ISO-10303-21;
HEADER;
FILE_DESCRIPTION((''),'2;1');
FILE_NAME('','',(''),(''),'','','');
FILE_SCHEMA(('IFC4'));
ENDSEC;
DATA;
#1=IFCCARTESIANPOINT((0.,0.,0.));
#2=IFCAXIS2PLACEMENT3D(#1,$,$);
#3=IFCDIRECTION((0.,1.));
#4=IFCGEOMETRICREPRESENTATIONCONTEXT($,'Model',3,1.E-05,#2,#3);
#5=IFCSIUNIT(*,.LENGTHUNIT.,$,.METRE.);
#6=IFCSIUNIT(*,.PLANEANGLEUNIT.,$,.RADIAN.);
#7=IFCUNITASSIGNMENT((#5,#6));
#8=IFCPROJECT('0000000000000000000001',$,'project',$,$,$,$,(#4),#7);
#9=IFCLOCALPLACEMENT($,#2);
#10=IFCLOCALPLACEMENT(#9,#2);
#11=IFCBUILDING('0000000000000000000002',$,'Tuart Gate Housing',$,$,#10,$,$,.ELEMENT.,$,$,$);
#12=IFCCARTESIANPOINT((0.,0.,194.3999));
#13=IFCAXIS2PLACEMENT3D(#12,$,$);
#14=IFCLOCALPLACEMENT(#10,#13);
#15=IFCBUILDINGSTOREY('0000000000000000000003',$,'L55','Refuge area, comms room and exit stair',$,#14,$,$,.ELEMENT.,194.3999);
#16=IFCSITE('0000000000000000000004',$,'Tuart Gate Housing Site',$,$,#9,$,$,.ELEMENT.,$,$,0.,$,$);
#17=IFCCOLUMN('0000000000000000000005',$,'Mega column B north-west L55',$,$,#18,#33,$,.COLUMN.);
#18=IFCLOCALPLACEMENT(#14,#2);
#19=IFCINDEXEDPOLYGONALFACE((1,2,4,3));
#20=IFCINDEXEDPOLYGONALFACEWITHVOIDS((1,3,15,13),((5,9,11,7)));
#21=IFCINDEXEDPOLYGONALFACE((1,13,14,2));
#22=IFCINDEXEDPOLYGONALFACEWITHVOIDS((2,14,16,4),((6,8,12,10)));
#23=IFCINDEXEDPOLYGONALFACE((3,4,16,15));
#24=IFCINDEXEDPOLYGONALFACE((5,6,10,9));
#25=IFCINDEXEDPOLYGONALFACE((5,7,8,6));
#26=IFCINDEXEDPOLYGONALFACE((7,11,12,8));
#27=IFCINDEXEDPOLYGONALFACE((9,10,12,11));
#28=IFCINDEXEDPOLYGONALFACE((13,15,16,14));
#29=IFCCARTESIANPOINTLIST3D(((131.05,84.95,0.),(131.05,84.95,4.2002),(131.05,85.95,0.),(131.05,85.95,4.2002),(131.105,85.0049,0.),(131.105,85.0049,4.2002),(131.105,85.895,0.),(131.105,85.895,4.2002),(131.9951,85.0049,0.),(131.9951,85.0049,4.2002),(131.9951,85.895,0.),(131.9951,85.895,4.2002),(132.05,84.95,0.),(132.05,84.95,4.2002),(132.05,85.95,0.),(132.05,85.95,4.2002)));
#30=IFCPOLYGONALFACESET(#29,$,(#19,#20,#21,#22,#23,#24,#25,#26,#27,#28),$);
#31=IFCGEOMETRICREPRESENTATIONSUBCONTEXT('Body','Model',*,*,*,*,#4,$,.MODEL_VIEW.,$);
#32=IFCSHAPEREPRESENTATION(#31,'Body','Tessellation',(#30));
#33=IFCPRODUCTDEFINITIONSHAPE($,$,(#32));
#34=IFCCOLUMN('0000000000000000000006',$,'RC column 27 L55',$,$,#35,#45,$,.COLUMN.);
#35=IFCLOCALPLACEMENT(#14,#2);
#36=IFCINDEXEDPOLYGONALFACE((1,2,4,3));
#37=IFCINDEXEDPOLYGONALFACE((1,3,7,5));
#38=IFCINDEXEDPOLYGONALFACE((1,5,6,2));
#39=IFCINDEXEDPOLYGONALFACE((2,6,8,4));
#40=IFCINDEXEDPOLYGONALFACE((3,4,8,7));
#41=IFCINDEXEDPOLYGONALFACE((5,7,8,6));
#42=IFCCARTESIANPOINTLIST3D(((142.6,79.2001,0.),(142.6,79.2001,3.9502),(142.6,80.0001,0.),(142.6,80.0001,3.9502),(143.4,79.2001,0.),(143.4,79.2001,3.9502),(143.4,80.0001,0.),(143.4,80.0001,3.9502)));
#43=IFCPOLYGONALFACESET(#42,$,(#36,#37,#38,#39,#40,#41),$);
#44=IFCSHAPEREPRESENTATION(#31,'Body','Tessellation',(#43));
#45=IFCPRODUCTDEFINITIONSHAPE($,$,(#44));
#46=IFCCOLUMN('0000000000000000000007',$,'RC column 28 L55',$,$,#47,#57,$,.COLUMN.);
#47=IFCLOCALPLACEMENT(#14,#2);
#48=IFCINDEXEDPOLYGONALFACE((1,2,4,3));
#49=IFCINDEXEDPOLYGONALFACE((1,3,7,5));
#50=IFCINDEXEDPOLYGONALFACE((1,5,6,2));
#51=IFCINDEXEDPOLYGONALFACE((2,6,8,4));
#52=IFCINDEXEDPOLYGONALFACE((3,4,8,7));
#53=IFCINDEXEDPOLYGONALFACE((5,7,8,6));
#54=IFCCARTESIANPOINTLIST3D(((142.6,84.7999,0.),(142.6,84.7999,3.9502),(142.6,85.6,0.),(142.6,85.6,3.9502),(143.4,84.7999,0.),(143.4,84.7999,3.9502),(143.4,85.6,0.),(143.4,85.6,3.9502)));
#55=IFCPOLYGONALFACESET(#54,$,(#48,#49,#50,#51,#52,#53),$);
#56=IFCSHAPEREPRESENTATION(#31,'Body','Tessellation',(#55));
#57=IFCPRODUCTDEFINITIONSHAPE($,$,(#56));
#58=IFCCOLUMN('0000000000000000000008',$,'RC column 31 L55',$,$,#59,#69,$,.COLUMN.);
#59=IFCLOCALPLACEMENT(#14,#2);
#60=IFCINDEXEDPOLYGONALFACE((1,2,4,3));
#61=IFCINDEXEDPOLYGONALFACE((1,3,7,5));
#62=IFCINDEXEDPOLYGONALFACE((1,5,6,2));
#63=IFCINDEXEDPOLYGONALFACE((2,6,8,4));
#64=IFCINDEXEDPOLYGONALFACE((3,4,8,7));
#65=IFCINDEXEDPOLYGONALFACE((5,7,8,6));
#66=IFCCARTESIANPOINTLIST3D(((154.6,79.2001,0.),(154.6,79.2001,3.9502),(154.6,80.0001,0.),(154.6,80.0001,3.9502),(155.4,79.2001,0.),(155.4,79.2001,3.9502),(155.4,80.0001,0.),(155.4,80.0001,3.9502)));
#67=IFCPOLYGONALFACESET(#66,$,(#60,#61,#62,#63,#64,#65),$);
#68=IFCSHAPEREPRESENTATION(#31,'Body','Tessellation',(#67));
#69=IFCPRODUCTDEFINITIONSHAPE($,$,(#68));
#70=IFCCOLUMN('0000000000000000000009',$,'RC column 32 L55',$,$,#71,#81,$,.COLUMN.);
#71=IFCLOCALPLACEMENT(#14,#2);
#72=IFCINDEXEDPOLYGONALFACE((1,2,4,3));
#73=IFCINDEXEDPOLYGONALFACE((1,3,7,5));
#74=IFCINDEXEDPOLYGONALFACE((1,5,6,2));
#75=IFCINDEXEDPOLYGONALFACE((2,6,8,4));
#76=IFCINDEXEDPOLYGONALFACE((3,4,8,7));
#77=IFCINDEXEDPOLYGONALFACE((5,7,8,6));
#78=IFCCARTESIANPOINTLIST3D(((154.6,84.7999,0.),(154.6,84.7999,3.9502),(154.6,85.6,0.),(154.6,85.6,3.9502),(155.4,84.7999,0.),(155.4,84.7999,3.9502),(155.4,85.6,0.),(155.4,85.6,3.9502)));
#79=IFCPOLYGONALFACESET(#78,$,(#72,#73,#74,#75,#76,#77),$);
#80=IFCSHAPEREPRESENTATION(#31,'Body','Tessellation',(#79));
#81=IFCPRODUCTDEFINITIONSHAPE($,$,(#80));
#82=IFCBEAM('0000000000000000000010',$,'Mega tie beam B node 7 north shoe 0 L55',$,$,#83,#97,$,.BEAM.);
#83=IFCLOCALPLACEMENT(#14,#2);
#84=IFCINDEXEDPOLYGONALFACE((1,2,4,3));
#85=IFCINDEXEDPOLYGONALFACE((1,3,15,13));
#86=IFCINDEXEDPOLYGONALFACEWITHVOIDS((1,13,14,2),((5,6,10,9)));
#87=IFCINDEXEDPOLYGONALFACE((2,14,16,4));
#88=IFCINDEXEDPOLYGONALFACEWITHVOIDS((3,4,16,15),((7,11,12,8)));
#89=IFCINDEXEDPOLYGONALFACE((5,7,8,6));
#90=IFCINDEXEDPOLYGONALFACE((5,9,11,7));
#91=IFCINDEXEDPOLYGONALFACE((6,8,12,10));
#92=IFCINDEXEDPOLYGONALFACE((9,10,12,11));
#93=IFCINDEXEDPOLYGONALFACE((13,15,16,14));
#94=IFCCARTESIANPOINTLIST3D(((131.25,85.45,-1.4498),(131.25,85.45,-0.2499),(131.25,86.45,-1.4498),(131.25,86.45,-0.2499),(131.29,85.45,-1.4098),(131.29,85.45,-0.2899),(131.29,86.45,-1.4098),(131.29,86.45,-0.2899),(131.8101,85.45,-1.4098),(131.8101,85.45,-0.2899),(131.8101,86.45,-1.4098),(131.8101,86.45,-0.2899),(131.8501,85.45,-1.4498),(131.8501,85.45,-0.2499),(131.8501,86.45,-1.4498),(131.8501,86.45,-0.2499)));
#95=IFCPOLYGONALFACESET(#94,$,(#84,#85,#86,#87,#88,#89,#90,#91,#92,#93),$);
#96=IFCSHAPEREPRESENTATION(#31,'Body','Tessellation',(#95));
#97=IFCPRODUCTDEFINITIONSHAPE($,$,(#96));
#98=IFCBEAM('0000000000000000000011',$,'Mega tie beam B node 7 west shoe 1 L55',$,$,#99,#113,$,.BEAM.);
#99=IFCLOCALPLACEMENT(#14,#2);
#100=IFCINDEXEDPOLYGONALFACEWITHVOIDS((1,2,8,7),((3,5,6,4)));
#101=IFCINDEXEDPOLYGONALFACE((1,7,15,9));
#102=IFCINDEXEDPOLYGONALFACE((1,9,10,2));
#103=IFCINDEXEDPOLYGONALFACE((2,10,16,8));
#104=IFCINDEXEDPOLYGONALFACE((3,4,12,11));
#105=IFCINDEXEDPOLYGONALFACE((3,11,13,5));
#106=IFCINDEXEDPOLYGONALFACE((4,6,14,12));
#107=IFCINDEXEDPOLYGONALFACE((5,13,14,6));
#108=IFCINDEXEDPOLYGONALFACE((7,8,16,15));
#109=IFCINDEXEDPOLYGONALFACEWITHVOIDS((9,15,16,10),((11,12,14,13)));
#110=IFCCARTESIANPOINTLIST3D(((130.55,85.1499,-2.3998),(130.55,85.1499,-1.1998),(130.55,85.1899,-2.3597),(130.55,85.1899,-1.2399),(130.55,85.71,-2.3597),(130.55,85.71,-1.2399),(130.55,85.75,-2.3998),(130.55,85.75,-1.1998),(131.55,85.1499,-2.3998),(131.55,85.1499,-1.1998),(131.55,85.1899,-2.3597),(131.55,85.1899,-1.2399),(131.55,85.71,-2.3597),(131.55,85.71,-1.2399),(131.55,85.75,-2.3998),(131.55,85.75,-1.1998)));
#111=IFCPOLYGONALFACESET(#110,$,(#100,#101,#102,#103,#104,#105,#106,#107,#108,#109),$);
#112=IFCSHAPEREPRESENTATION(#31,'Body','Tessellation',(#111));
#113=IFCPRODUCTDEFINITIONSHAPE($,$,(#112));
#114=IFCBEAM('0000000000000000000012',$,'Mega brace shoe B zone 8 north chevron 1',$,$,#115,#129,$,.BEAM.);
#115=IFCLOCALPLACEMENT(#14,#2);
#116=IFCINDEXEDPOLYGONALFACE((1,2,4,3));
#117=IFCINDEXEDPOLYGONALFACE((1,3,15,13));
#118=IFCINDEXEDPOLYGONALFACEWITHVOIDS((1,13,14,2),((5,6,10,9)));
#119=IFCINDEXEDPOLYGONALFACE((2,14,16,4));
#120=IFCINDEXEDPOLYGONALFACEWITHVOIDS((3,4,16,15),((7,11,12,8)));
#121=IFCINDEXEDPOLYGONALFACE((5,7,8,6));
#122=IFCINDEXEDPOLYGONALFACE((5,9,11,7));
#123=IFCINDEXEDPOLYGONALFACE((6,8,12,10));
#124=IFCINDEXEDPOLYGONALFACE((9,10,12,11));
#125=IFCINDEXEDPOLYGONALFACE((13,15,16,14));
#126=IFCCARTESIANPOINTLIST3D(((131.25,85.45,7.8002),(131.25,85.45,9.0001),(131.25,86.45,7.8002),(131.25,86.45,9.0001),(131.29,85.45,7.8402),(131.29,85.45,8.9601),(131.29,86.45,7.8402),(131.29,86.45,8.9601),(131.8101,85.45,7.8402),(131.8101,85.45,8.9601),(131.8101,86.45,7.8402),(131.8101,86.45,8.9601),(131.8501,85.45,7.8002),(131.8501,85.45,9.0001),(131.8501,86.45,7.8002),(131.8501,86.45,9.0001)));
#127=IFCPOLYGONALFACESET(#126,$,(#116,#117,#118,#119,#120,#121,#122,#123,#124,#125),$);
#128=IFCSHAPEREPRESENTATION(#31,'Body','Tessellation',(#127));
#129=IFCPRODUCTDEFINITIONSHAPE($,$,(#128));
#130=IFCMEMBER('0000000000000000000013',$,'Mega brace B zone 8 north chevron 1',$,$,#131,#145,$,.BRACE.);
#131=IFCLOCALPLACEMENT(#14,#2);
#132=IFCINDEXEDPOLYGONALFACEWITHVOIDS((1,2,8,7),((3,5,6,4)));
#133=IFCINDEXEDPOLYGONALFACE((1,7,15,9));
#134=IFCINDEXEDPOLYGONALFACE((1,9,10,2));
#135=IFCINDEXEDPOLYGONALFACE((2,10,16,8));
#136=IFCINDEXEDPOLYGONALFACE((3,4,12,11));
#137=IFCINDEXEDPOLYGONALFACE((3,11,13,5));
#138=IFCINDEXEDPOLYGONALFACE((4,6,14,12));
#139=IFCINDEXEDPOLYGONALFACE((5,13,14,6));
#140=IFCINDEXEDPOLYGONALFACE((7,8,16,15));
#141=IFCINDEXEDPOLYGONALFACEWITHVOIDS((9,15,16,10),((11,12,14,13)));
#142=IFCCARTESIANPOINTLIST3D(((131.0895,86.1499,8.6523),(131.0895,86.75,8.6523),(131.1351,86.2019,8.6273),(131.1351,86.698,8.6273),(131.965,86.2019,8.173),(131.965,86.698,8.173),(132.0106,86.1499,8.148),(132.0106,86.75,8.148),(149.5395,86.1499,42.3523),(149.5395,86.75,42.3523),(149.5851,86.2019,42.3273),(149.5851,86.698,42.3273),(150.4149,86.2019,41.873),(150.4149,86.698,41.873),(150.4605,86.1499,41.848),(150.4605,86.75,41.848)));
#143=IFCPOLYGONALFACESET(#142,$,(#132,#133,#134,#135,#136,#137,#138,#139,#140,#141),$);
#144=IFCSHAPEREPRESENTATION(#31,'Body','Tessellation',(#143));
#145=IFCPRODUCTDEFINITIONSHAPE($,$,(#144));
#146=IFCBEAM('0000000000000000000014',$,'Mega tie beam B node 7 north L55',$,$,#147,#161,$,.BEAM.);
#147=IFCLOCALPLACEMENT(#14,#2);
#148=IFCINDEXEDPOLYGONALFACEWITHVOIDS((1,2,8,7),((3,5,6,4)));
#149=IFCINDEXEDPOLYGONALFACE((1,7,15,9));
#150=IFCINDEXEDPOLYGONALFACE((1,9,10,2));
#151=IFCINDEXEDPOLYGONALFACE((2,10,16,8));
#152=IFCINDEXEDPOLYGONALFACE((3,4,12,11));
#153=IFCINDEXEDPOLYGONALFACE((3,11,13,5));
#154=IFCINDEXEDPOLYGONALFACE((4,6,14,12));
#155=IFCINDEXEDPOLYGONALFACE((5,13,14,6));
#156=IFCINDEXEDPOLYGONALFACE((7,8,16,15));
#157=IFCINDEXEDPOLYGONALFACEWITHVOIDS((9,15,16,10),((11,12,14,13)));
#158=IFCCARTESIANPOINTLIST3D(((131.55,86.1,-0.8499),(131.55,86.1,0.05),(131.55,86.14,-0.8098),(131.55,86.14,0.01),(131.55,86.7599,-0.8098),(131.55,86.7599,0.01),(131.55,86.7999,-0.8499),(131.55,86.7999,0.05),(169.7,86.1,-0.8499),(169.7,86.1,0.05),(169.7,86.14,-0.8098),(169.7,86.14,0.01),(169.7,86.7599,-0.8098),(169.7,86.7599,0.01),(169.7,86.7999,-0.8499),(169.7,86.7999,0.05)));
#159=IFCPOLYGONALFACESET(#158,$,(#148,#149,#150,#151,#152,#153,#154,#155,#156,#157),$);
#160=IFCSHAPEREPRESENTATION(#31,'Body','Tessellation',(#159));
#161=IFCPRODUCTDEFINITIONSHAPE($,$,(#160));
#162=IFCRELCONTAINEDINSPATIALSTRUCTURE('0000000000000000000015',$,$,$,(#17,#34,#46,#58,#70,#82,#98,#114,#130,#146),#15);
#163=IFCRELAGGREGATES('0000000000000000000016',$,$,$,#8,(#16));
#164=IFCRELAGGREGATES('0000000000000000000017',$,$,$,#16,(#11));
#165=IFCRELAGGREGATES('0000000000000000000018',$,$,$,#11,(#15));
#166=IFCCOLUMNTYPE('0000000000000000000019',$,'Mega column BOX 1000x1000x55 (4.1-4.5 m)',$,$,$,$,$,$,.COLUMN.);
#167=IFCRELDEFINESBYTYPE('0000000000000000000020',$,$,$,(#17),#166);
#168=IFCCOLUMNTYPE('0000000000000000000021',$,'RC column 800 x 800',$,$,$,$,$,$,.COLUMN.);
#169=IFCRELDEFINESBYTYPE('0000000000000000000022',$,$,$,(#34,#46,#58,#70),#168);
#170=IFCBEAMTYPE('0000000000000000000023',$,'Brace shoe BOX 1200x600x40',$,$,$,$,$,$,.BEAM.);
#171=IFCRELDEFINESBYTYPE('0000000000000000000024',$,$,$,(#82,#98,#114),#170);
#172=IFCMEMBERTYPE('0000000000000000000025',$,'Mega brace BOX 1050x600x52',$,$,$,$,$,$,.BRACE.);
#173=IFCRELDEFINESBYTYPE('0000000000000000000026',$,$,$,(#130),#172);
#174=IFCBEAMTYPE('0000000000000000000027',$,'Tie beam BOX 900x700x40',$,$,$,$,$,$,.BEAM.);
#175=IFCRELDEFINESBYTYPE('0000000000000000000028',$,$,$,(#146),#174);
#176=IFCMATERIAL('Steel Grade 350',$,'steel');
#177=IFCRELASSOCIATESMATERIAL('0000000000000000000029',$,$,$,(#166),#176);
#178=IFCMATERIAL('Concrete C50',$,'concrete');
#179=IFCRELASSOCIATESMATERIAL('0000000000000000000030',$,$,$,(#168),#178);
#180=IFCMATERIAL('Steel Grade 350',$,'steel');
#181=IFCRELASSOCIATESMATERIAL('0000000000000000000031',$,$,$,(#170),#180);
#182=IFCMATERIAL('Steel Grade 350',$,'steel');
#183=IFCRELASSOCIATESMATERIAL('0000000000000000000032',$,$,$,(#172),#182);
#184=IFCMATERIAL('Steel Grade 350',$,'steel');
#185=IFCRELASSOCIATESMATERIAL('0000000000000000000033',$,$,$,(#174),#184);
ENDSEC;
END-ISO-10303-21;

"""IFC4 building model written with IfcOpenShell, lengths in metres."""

from ifc_helpers import new_model, si_unit, direction, frame, origin, origin_2d, place, context, subcontext, project, spatial, rectangle, hollow_rectangle, extrude, material, material_profile, profile_set, type_object, element, save


model = new_model("IFC4")

# Units and contexts
model_context = context("Model", 3, precision=1e-05, world=origin(), true_north=direction((0.0, 1.0)))
body_context = subcontext(model_context, "Body", "Model", "MODEL_VIEW")
ifc_project = project(units=[si_unit("LENGTHUNIT", "METRE"), si_unit("PLANEANGLEUNIT", "RADIAN")], contexts=[model_context])

# Site, building, storey
site_placement = place(None, origin())
site = spatial("IfcSite", under=ifc_project, at=site_placement, Name="Tuart Gate Housing Site", CompositionType="ELEMENT", RefElevation=0.0)
building_placement = place(site_placement, origin())
building = spatial("IfcBuilding", under=site, at=building_placement, Name="Tuart Gate Housing", CompositionType="ELEMENT")
storey_placement = place(building_placement, frame((0.0, 0.0, 194.3999)))
storey = spatial("IfcBuildingStorey", under=building, at=storey_placement, Name="L55", Description="Refuge area, comms room and exit stair", CompositionType="ELEMENT", Elevation=194.3999)

# Columns
ifc_material_1 = material(Name="Steel Grade 350", Category="steel")
ifc_material_profile_1 = material_profile(ifc_material_1, hollow_rectangle(XDim=1.0, YDim=1.0, WallThickness=0.0549, at=origin_2d()), Name="BOX 1000x1000x55")
ifc_profile_set_1 = profile_set([ifc_material_profile_1], Name="Steel Grade 350")
column_type_1 = type_object("IfcColumnType", Name="Mega column BOX 1000x1000x55 (4.1-4.5 m)", PredefinedType="COLUMN", material=ifc_profile_set_1)
column_placement = place(storey_placement, frame((131.55, 85.45, 0.0), z_axis=(0.0, 0.0, 1.0), x_axis=(1.0, 0.0, 0.0)))
element("IfcColumn", 1, at=column_placement, inside=storey, type_object=column_type_1, Name="Mega column B north-west L55", PredefinedType="COLUMN", context=body_context, shape_type="SweptSolid", body=[
    extrude(hollow_rectangle(XDim=1.0, YDim=1.0, WallThickness=0.0549, at=origin_2d()), origin(), (0.0, 0.0, 1.0), 4.2002),
])
ifc_material_2 = material(Name="Concrete C50", Category="concrete")
ifc_material_profile_2 = material_profile(ifc_material_2, rectangle(XDim=0.8, YDim=0.8, at=origin_2d()), Name="RC column 800 x 800")
ifc_profile_set_2 = profile_set([ifc_material_profile_2], Name="Concrete C50")
column_type_2 = type_object("IfcColumnType", Name="RC column 800 x 800", PredefinedType="COLUMN", material=ifc_profile_set_2)
for number, where, z_axis, x_axis, name in (
    (2, (143.0, 79.6001, 0.0), (0.0, 0.0, 1.0), (1.0, 0.0, 0.0), "RC column 27 L55"),
    (3, (143.0, 85.2, 0.0), (0.0, 0.0, 1.0), (1.0, 0.0, 0.0), "RC column 28 L55"),
    (4, (155.0, 79.6001, 0.0), (0.0, 0.0, 1.0), (1.0, 0.0, 0.0), "RC column 31 L55"),
    (5, (155.0, 85.2, 0.0), (0.0, 0.0, 1.0), (1.0, 0.0, 0.0), "RC column 32 L55"),
):
    element("IfcColumn", number, at=place(storey_placement, frame(where, z_axis=z_axis, x_axis=x_axis)), inside=storey, type_object=column_type_2, Name=name, PredefinedType="COLUMN", context=body_context, shape_type="SweptSolid", body=[
        extrude(rectangle(XDim=0.8, YDim=0.8, at=origin_2d()), origin(), (0.0, 0.0, 1.0), 3.9502),
    ])

# Beams
ifc_material_3 = material(Name="Steel Grade 350", Category="steel")
ifc_material_profile_3 = material_profile(ifc_material_3, hollow_rectangle(XDim=0.6001, YDim=1.2, WallThickness=0.04, at=origin_2d()), Name="BOX 1200x600x40")
ifc_profile_set_3 = profile_set([ifc_material_profile_3], Name="Steel Grade 350")
beam_type_1 = type_object("IfcBeamType", Name="Brace shoe BOX 1200x600x40", PredefinedType="BEAM", material=ifc_profile_set_3)
for number, where, z_axis, x_axis, name in (
    (6, (131.55, 85.45, -0.8499), (0.0, 1.0, 0.0), (-1.0, 0.0, 0.0), "Mega tie beam B node 7 north shoe 0 L55"),
    (7, (131.55, 85.45, -1.7998), (-1.0, 0.0, 0.0), (0.0, -1.0, 0.0), "Mega tie beam B node 7 west shoe 1 L55"),
    (8, (131.55, 85.45, 8.4001), (0.0, 1.0, 0.0), (-1.0, 0.0, 0.0), "Mega brace shoe B zone 8 north chevron 1"),
):
    element("IfcBeam", number, at=place(storey_placement, frame(where, z_axis=z_axis, x_axis=x_axis)), inside=storey, type_object=beam_type_1, Name=name, PredefinedType="BEAM", context=body_context, shape_type="SweptSolid", body=[
        extrude(hollow_rectangle(XDim=0.6001, YDim=1.2, WallThickness=0.04, at=origin_2d()), origin(), (0.0, 0.0, 1.0), 1.0),
    ])

# Member
ifc_material_4 = material(Name="Steel Grade 350", Category="steel")
ifc_material_profile_4 = material_profile(ifc_material_4, hollow_rectangle(XDim=0.6001, YDim=1.05, WallThickness=0.052, at=origin_2d()), Name="BOX 1050x600x52")
ifc_profile_set_4 = profile_set([ifc_material_profile_4], Name="Steel Grade 350")
member_type = type_object("IfcMemberType", Name="Mega brace BOX 1050x600x52", PredefinedType="BRACE", material=ifc_profile_set_4)
member_placement = place(storey_placement, frame((131.55, 86.45, 8.4001), z_axis=(0.480219, 0.0, 0.877149), x_axis=(0.0, 1.0, 0.0)))
element("IfcMember", 9, at=member_placement, inside=storey, type_object=member_type, Name="Mega brace B zone 8 north chevron 1", PredefinedType="BRACE", context=body_context, shape_type="SweptSolid", body=[
    extrude(hollow_rectangle(XDim=0.6001, YDim=1.05, WallThickness=0.052, at=origin_2d()), origin(), (0.0, 0.0, 1.0), 38.4199),
])

# Beam
ifc_material_5 = material(Name="Steel Grade 350", Category="steel")
ifc_material_profile_5 = material_profile(ifc_material_5, hollow_rectangle(XDim=0.7, YDim=0.8999, WallThickness=0.04, at=origin_2d()), Name="BOX 900x700x40")
ifc_profile_set_5 = profile_set([ifc_material_profile_5], Name="Steel Grade 350")
beam_type_2 = type_object("IfcBeamType", Name="Tie beam BOX 900x700x40", PredefinedType="BEAM", material=ifc_profile_set_5)
beam_placement = place(storey_placement, frame((131.55, 86.45, -0.3999), z_axis=(1.0, 0.0, 0.0), x_axis=(0.0, 1.0, 0.0)))
element("IfcBeam", 10, at=beam_placement, inside=storey, type_object=beam_type_2, Name="Mega tie beam B node 7 north L55", PredefinedType="BEAM", context=body_context, shape_type="SweptSolid", body=[
    extrude(hollow_rectangle(XDim=0.7, YDim=0.8999, WallThickness=0.04, at=origin_2d()), origin(), (0.0, 0.0, 1.0), 38.1499),
])

save(model, "model.ifc")
